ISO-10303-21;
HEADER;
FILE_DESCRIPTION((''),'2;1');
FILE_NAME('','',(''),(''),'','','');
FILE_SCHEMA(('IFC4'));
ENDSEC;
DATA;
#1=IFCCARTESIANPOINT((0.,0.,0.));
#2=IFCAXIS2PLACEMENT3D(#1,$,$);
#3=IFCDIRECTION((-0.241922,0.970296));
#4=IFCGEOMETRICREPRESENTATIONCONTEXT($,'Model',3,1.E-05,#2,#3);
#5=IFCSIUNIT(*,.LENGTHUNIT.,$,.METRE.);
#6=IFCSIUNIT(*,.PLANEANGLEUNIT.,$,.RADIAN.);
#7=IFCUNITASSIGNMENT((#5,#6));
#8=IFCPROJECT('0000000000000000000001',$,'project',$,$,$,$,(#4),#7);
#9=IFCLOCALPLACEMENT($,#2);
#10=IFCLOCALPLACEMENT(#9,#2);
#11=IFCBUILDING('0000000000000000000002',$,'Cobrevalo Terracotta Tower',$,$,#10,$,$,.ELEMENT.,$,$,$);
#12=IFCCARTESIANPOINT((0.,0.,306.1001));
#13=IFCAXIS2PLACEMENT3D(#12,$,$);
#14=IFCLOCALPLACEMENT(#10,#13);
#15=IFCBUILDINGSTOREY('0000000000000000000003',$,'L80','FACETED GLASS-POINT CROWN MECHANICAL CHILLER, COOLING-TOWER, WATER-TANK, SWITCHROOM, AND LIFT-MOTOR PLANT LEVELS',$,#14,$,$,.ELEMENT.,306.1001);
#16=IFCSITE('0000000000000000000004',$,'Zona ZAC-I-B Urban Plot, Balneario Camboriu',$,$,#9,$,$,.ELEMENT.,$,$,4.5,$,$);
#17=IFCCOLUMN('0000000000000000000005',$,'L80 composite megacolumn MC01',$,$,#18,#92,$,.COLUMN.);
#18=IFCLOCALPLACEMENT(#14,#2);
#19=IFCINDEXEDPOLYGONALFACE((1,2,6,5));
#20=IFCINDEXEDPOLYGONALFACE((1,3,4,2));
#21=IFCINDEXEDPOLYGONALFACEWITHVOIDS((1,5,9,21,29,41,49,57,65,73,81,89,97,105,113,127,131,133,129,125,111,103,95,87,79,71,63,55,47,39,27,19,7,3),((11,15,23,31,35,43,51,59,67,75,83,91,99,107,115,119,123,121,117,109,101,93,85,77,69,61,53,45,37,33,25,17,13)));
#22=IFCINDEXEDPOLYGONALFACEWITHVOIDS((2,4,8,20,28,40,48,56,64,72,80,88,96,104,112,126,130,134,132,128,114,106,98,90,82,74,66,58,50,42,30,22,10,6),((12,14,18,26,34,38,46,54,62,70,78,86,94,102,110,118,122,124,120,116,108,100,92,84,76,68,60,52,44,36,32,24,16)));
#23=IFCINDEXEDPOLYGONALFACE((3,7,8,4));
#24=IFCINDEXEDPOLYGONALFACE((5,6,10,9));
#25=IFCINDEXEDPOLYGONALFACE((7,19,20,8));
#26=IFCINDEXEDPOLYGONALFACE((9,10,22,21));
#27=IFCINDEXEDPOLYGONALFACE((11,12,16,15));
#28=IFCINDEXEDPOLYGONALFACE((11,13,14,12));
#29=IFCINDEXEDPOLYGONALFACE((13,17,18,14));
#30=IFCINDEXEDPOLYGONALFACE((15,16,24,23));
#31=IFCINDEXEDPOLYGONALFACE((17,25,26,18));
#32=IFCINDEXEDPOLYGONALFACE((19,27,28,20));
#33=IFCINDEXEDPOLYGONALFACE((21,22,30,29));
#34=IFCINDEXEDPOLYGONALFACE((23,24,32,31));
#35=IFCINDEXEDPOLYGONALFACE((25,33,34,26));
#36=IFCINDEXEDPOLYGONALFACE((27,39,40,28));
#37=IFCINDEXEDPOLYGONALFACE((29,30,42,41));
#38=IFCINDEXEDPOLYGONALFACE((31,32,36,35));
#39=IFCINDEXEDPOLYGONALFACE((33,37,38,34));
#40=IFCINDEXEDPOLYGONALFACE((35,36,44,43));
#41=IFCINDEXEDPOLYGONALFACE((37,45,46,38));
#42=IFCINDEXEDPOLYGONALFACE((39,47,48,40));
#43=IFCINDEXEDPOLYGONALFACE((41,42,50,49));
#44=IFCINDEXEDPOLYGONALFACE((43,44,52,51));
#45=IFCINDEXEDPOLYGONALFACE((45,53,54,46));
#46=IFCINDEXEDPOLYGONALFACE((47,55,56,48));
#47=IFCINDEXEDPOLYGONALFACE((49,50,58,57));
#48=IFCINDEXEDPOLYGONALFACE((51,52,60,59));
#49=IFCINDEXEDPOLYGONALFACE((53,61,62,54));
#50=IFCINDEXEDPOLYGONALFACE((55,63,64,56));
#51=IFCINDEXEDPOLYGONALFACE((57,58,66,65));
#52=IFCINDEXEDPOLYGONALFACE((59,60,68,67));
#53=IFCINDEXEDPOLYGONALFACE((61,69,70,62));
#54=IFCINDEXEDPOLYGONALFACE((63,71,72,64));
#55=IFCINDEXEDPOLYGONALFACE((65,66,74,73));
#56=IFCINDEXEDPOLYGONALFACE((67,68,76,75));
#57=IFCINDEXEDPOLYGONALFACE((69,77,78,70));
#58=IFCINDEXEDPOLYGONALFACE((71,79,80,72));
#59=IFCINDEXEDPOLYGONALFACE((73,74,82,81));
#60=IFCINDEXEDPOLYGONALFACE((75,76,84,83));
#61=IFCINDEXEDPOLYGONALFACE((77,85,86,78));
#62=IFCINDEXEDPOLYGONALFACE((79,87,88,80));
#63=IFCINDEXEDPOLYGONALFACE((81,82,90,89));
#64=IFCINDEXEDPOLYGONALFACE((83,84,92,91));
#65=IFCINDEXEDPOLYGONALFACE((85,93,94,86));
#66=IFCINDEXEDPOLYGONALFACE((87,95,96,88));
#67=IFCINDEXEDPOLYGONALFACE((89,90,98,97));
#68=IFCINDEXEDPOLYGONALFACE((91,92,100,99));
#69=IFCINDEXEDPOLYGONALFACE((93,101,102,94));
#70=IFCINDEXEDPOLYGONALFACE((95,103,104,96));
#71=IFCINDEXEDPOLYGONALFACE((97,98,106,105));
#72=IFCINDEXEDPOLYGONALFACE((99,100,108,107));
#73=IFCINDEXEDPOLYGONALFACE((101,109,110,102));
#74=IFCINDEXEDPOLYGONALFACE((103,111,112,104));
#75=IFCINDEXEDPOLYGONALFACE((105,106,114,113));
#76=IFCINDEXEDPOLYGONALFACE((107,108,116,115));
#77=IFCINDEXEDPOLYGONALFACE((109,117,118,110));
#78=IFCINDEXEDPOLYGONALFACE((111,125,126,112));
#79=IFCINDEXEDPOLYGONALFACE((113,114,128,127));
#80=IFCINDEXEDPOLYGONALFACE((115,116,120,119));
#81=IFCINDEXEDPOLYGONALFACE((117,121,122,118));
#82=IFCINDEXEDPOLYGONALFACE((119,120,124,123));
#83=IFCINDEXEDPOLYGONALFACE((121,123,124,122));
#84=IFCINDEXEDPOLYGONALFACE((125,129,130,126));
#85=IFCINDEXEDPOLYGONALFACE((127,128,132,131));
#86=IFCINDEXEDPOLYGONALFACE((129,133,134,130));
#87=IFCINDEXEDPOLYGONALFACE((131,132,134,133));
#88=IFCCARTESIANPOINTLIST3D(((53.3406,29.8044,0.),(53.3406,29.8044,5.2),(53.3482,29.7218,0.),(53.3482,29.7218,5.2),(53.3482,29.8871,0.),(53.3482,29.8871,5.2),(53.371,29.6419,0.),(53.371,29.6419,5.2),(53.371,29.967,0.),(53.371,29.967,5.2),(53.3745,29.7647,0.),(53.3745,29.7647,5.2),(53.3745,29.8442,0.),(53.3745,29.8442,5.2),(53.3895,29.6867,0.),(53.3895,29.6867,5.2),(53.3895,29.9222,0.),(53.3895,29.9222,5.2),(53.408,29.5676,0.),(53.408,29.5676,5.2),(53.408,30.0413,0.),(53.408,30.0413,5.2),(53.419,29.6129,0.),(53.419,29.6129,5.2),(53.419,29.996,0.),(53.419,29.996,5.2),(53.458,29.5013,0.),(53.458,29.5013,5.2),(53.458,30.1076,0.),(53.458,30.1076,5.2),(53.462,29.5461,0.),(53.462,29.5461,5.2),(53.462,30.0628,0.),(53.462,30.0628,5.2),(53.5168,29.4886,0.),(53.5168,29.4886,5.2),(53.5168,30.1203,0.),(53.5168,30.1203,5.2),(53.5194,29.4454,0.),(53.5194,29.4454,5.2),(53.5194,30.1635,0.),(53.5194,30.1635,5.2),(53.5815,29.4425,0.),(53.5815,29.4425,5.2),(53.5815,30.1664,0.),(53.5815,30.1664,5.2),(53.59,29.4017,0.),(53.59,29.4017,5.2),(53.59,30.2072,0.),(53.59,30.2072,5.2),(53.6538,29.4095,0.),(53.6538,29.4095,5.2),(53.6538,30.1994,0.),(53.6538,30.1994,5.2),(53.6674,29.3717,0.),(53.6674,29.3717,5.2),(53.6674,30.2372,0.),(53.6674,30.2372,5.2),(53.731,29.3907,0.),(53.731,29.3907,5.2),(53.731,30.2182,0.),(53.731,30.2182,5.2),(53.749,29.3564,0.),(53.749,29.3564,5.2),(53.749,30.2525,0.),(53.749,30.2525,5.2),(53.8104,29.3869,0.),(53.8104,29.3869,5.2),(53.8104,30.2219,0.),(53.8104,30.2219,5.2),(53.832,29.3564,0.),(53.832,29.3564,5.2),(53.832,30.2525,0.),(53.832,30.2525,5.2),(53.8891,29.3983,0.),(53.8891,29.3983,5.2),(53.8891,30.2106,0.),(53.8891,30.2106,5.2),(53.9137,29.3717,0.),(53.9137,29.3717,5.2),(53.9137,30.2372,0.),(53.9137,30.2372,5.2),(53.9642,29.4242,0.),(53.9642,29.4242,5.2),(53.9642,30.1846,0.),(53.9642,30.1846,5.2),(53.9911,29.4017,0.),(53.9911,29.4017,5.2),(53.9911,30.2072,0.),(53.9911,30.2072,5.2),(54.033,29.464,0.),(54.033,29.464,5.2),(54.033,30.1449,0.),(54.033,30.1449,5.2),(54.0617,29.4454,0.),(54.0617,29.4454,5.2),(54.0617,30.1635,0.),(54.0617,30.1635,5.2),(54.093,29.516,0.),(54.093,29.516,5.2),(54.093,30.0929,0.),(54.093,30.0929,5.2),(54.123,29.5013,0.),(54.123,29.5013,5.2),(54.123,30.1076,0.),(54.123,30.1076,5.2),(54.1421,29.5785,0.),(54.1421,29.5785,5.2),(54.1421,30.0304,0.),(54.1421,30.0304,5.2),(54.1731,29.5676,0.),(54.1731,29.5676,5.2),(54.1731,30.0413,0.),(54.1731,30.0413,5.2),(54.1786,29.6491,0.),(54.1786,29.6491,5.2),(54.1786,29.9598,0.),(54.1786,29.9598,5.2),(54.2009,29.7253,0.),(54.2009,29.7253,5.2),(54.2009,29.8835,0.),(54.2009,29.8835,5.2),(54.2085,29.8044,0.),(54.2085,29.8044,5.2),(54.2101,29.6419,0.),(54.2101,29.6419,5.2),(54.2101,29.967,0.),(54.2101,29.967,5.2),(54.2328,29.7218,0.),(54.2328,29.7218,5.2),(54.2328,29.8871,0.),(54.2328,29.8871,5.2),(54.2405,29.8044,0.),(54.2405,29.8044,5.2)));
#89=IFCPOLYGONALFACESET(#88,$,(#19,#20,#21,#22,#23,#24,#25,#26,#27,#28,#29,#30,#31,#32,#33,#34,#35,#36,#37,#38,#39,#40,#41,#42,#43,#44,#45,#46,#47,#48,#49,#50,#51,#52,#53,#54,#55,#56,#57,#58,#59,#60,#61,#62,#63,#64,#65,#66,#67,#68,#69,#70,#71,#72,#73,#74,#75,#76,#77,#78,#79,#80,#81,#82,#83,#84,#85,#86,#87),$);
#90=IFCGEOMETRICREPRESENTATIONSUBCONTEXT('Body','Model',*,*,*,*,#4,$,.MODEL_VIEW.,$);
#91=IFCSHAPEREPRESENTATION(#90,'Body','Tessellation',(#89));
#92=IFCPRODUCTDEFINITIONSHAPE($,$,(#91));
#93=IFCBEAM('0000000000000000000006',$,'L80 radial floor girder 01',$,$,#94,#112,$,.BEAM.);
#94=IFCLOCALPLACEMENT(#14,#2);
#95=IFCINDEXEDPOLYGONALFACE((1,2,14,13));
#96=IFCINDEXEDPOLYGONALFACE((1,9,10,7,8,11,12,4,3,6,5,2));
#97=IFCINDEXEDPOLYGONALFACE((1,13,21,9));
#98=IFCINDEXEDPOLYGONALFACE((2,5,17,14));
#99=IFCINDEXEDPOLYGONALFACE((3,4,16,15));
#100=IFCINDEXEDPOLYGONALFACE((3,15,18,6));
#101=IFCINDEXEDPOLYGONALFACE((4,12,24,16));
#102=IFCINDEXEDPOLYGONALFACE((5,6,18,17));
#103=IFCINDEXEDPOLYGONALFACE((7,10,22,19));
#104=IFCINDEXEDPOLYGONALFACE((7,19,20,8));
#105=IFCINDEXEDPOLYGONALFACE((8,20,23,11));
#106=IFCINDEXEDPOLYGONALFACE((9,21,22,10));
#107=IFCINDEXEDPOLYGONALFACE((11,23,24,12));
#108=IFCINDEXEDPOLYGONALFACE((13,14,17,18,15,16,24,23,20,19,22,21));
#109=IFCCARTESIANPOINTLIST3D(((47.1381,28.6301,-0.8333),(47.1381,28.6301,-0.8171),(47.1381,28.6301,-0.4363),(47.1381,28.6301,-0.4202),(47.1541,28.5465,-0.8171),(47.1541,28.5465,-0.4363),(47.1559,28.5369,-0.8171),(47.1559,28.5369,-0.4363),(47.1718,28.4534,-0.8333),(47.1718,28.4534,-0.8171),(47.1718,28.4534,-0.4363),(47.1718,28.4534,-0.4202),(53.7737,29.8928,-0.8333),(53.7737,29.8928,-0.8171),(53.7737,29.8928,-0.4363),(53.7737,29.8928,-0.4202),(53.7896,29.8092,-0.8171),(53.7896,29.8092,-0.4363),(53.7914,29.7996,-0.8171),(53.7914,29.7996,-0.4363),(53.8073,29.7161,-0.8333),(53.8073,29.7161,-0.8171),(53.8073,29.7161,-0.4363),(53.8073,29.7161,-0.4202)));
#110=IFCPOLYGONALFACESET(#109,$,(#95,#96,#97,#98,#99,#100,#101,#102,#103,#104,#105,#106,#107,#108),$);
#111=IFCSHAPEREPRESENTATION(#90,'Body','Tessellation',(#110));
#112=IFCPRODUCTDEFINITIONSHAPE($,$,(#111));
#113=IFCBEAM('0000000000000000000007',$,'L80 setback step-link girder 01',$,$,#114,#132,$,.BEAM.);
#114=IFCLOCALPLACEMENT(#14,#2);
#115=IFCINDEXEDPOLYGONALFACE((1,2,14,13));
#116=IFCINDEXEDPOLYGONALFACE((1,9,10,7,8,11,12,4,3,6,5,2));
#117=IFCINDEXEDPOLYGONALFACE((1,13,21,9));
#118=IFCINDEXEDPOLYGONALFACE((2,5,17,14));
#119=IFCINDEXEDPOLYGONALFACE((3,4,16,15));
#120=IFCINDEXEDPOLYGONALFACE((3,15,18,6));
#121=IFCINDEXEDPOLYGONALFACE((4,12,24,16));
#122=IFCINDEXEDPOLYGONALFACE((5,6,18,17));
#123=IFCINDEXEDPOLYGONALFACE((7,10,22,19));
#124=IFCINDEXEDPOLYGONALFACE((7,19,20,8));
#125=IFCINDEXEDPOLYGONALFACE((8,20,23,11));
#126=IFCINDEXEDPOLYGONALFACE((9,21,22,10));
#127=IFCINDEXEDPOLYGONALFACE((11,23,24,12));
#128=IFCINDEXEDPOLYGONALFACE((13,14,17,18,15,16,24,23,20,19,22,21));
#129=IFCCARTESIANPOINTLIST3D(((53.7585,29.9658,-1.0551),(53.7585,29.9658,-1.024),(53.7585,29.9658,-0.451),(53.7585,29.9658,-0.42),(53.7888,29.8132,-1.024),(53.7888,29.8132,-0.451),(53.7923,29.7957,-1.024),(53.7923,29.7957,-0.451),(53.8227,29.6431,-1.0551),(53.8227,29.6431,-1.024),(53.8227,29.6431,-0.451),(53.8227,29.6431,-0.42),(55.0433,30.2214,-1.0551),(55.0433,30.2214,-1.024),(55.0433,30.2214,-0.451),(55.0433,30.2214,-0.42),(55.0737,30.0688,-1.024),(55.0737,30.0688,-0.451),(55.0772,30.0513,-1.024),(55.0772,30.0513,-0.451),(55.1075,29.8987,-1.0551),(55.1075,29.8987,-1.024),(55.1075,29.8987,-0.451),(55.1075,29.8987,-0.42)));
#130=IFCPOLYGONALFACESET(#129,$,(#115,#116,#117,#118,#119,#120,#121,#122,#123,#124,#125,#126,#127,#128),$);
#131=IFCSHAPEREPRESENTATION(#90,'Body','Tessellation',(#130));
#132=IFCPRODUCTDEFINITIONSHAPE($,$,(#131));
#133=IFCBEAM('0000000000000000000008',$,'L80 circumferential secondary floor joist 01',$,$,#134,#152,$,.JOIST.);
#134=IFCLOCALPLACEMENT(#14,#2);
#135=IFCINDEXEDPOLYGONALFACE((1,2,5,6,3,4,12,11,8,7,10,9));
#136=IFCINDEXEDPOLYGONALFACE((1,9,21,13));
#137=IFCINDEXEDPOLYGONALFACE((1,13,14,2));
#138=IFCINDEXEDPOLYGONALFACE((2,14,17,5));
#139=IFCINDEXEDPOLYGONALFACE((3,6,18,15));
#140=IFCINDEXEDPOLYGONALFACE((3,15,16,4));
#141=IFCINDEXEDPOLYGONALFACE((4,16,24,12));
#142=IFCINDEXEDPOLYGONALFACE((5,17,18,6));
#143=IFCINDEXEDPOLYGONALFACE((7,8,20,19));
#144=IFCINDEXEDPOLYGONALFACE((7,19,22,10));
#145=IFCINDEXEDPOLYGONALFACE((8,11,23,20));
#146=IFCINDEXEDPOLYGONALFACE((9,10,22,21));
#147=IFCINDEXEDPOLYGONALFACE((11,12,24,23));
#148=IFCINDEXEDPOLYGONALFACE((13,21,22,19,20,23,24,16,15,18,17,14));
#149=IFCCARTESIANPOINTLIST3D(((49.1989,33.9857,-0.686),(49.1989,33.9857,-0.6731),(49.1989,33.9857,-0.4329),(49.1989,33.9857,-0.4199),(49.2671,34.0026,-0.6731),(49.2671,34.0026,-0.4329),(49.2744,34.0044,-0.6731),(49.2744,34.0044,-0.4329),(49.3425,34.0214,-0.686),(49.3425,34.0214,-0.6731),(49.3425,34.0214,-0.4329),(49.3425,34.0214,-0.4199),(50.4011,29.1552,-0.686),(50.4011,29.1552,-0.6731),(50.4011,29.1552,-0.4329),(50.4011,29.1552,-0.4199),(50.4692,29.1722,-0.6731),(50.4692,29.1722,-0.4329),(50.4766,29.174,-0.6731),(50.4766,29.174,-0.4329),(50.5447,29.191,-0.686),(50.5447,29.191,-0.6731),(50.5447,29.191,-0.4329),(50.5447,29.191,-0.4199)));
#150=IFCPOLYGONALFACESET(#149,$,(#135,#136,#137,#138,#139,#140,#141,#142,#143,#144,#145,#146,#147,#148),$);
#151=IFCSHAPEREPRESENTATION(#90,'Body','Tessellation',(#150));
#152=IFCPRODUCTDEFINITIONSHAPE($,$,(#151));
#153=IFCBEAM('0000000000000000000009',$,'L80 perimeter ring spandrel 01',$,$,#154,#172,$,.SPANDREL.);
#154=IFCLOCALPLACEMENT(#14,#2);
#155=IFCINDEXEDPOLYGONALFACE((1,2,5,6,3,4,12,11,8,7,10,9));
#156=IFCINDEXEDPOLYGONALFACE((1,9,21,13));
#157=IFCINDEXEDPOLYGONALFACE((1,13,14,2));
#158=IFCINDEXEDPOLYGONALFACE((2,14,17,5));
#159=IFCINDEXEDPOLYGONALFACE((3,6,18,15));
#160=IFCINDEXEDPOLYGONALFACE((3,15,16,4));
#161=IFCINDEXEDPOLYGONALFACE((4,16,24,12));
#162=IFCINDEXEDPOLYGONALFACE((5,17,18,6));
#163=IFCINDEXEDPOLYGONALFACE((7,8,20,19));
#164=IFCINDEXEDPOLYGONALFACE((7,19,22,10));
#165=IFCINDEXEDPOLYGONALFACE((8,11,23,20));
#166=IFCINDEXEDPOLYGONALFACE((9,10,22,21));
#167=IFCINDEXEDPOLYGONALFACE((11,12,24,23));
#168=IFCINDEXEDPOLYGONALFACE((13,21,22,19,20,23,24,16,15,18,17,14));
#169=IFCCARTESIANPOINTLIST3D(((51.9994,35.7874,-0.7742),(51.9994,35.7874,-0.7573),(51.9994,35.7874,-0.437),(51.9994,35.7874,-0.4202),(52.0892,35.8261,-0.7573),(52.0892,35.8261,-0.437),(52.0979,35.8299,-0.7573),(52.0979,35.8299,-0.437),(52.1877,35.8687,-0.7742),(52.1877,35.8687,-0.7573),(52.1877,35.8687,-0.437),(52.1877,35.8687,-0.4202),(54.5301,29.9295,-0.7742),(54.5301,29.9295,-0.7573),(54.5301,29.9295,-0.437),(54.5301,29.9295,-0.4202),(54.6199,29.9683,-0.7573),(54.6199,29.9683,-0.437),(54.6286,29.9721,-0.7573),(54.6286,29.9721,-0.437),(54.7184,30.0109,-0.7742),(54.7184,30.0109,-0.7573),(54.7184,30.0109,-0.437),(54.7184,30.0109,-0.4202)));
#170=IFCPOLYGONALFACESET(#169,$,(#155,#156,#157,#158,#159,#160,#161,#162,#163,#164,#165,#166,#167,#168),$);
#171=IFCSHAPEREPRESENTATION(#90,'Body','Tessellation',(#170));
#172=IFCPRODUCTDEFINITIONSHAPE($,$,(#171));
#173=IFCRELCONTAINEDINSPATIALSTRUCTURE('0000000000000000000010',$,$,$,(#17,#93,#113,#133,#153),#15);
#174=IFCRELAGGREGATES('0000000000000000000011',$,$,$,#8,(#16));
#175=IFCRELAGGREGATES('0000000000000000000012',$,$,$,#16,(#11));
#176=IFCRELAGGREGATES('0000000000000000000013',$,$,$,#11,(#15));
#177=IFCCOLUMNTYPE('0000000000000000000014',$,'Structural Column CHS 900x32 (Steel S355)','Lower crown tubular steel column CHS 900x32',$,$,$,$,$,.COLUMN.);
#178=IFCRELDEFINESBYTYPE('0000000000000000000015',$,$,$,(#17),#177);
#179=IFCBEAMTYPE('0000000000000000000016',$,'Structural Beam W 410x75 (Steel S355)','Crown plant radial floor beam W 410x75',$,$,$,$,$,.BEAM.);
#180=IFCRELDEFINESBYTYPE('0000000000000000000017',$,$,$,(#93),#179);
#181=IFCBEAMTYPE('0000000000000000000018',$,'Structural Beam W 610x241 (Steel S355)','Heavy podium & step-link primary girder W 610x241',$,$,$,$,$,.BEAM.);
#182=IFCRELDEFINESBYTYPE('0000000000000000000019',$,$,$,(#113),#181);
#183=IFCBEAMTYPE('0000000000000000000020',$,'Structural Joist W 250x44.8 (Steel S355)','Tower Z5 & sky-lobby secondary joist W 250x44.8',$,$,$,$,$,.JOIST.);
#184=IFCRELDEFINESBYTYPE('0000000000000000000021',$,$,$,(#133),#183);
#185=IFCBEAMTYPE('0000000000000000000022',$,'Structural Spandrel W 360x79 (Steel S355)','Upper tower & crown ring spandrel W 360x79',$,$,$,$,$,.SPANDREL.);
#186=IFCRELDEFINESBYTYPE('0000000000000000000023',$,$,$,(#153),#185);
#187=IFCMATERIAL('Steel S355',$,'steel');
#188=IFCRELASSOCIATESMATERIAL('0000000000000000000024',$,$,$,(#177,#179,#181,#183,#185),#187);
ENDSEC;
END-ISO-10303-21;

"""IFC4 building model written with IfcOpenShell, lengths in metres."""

from ifc_helpers import new_model, si_unit, direction, frame, origin, origin_2d, place, context, subcontext, project, spatial, hollow_circle, i_section, extrude, material, material_profile, profile_set, type_object, element, save


model = new_model("IFC4")

# Units and contexts
model_context = context("Model", 3, precision=1e-05, world=origin(), true_north=direction((-0.241922, 0.970296)))
body_context = subcontext(model_context, "Body", "Model", "MODEL_VIEW")
ifc_project = project(units=[si_unit("LENGTHUNIT", "METRE"), si_unit("PLANEANGLEUNIT", "RADIAN")], contexts=[model_context])

# Site, building, storey
site_placement = place(None, origin())
site = spatial("IfcSite", under=ifc_project, at=site_placement, Name="Zona ZAC-I-B Urban Plot, Balneario Camboriu", CompositionType="ELEMENT", RefElevation=4.5)
building_placement = place(site_placement, origin())
building = spatial("IfcBuilding", under=site, at=building_placement, Name="Cobrevalo Terracotta Tower", CompositionType="ELEMENT")
storey_placement = place(building_placement, frame((0.0, 0.0, 306.1001)))
storey = spatial("IfcBuildingStorey", under=building, at=storey_placement, Name="L80", Description="FACETED GLASS-POINT CROWN MECHANICAL CHILLER, COOLING-TOWER, WATER-TANK, SWITCHROOM, AND LIFT-MOTOR PLANT LEVELS", CompositionType="ELEMENT", Elevation=306.1001)

# Column
ifc_material_1 = material(Name="Steel S355", Category="steel")
ifc_material_profile_1 = material_profile(ifc_material_1, hollow_circle(Radius=0.45, WallThickness=0.032, at=origin_2d()), Name="CHS 900x32")
ifc_profile_set_1 = profile_set([ifc_material_profile_1], Name="Steel S355")
column_type = type_object("IfcColumnType", Name="Structural Column CHS 900x32 (Steel S355)", Description="Lower crown tubular steel column CHS 900x32", PredefinedType="COLUMN", material=ifc_profile_set_1)
column_placement = place(storey_placement, frame((53.7905, 29.8044, 0.0), z_axis=(0.0, 0.0, 1.0), x_axis=(1.0, 0.0, 0.0)))
element("IfcColumn", 1, at=column_placement, inside=storey, type_object=column_type, Name="L80 composite megacolumn MC01", PredefinedType="COLUMN", context=body_context, shape_type="SweptSolid", body=[
    extrude(hollow_circle(Radius=0.45, WallThickness=0.032, at=origin_2d()), origin(), (0.0, 0.0, 1.0), 5.2),
])

# Beams
ifc_material_profile_2 = material_profile(ifc_material_1, i_section(OverallWidth=0.1799, OverallDepth=0.4131, WebThickness=0.0098, FlangeThickness=0.0161, at=origin_2d()), Name="W 410x75")
ifc_profile_set_2 = profile_set([ifc_material_profile_2], Name="Steel S355")
beam_type_1 = type_object("IfcBeamType", Name="Structural Beam W 410x75 (Steel S355)", Description="Crown plant radial floor beam W 410x75", PredefinedType="BEAM", material=ifc_profile_set_2)
beam_1_placement = place(storey_placement, frame((53.7905, 29.8044, -0.6267), z_axis=(-0.982371, -0.186939, 0.0), x_axis=(0.186939, -0.982371, 0.0)))
element("IfcBeam", 2, at=beam_1_placement, inside=storey, type_object=beam_type_1, Name="L80 radial floor girder 01", PredefinedType="BEAM", context=body_context, shape_type="SweptSolid", body=[
    extrude(i_section(OverallWidth=0.1799, OverallDepth=0.4131, WebThickness=0.0098, FlangeThickness=0.0161, at=origin_2d()), origin(), (0.0, 0.0, 1.0), 6.7546),
])
ifc_material_profile_3 = material_profile(ifc_material_1, i_section(OverallWidth=0.3291, OverallDepth=0.635, WebThickness=0.0178, FlangeThickness=0.031, at=origin_2d()), Name="W 610x241")
ifc_profile_set_3 = profile_set([ifc_material_profile_3], Name="Steel S355")
beam_type_2 = type_object("IfcBeamType", Name="Structural Beam W 610x241 (Steel S355)", Description="Heavy podium & step-link primary girder W 610x241", PredefinedType="BEAM", material=ifc_profile_set_3)
beam_2_placement = place(storey_placement, frame((55.0754, 30.0601, -0.7375), z_axis=(-0.980781, -0.195113, 0.0), x_axis=(0.195113, -0.980781, 0.0)))
element("IfcBeam", 3, at=beam_2_placement, inside=storey, type_object=beam_type_2, Name="L80 setback step-link girder 01", PredefinedType="BEAM", context=body_context, shape_type="SweptSolid", body=[
    extrude(i_section(OverallWidth=0.3291, OverallDepth=0.635, WebThickness=0.0178, FlangeThickness=0.031, at=origin_2d()), origin(), (0.0, 0.0, 1.0), 1.3101),
])
ifc_material_profile_4 = material_profile(ifc_material_1, i_section(OverallWidth=0.1479, OverallDepth=0.2661, WebThickness=0.0076, FlangeThickness=0.0129, at=origin_2d()), Name="W 250x44.8")
ifc_profile_set_4 = profile_set([ifc_material_profile_4], Name="Steel S355")
beam_type_3 = type_object("IfcBeamType", Name="Structural Joist W 250x44.8 (Steel S355)", Description="Tower Z5 & sky-lobby secondary joist W 250x44.8", PredefinedType="JOIST", material=ifc_profile_set_4)
beam_3_placement = place(storey_placement, frame((50.4729, 29.1731, -0.553), z_axis=(-0.241508, 0.970399, 0.0), x_axis=(-0.970399, -0.241508, 0.0)))
element("IfcBeam", 4, at=beam_3_placement, inside=storey, type_object=beam_type_3, Name="L80 circumferential secondary floor joist 01", PredefinedType="JOIST", context=body_context, shape_type="SweptSolid", body=[
    extrude(i_section(OverallWidth=0.1479, OverallDepth=0.2661, WebThickness=0.0076, FlangeThickness=0.0129, at=origin_2d()), origin(), (0.0, 0.0, 1.0), 4.9778),
])
ifc_material_profile_5 = material_profile(ifc_material_1, i_section(OverallWidth=0.2051, OverallDepth=0.354, WebThickness=0.0095, FlangeThickness=0.0168, at=origin_2d()), Name="W 360x79")
ifc_profile_set_5 = profile_set([ifc_material_profile_5], Name="Steel S355")
beam_type_4 = type_object("IfcBeamType", Name="Structural Spandrel W 360x79 (Steel S355)", Description="Upper tower & crown ring spandrel W 360x79", PredefinedType="SPANDREL", material=ifc_profile_set_5)
beam_4_placement = place(storey_placement, frame((54.6243, 29.9702, -0.5972), z_axis=(-0.396596, 0.917993, 0.0), x_axis=(-0.917993, -0.396596, 0.0)))
element("IfcBeam", 5, at=beam_4_placement, inside=storey, type_object=beam_type_4, Name="L80 perimeter ring spandrel 01", PredefinedType="SPANDREL", context=body_context, shape_type="SweptSolid", body=[
    extrude(i_section(OverallWidth=0.2051, OverallDepth=0.354, WebThickness=0.0095, FlangeThickness=0.0168, at=origin_2d()), origin(), (0.0, 0.0, 1.0), 6.3811),
])

save(model, "model.ifc")
